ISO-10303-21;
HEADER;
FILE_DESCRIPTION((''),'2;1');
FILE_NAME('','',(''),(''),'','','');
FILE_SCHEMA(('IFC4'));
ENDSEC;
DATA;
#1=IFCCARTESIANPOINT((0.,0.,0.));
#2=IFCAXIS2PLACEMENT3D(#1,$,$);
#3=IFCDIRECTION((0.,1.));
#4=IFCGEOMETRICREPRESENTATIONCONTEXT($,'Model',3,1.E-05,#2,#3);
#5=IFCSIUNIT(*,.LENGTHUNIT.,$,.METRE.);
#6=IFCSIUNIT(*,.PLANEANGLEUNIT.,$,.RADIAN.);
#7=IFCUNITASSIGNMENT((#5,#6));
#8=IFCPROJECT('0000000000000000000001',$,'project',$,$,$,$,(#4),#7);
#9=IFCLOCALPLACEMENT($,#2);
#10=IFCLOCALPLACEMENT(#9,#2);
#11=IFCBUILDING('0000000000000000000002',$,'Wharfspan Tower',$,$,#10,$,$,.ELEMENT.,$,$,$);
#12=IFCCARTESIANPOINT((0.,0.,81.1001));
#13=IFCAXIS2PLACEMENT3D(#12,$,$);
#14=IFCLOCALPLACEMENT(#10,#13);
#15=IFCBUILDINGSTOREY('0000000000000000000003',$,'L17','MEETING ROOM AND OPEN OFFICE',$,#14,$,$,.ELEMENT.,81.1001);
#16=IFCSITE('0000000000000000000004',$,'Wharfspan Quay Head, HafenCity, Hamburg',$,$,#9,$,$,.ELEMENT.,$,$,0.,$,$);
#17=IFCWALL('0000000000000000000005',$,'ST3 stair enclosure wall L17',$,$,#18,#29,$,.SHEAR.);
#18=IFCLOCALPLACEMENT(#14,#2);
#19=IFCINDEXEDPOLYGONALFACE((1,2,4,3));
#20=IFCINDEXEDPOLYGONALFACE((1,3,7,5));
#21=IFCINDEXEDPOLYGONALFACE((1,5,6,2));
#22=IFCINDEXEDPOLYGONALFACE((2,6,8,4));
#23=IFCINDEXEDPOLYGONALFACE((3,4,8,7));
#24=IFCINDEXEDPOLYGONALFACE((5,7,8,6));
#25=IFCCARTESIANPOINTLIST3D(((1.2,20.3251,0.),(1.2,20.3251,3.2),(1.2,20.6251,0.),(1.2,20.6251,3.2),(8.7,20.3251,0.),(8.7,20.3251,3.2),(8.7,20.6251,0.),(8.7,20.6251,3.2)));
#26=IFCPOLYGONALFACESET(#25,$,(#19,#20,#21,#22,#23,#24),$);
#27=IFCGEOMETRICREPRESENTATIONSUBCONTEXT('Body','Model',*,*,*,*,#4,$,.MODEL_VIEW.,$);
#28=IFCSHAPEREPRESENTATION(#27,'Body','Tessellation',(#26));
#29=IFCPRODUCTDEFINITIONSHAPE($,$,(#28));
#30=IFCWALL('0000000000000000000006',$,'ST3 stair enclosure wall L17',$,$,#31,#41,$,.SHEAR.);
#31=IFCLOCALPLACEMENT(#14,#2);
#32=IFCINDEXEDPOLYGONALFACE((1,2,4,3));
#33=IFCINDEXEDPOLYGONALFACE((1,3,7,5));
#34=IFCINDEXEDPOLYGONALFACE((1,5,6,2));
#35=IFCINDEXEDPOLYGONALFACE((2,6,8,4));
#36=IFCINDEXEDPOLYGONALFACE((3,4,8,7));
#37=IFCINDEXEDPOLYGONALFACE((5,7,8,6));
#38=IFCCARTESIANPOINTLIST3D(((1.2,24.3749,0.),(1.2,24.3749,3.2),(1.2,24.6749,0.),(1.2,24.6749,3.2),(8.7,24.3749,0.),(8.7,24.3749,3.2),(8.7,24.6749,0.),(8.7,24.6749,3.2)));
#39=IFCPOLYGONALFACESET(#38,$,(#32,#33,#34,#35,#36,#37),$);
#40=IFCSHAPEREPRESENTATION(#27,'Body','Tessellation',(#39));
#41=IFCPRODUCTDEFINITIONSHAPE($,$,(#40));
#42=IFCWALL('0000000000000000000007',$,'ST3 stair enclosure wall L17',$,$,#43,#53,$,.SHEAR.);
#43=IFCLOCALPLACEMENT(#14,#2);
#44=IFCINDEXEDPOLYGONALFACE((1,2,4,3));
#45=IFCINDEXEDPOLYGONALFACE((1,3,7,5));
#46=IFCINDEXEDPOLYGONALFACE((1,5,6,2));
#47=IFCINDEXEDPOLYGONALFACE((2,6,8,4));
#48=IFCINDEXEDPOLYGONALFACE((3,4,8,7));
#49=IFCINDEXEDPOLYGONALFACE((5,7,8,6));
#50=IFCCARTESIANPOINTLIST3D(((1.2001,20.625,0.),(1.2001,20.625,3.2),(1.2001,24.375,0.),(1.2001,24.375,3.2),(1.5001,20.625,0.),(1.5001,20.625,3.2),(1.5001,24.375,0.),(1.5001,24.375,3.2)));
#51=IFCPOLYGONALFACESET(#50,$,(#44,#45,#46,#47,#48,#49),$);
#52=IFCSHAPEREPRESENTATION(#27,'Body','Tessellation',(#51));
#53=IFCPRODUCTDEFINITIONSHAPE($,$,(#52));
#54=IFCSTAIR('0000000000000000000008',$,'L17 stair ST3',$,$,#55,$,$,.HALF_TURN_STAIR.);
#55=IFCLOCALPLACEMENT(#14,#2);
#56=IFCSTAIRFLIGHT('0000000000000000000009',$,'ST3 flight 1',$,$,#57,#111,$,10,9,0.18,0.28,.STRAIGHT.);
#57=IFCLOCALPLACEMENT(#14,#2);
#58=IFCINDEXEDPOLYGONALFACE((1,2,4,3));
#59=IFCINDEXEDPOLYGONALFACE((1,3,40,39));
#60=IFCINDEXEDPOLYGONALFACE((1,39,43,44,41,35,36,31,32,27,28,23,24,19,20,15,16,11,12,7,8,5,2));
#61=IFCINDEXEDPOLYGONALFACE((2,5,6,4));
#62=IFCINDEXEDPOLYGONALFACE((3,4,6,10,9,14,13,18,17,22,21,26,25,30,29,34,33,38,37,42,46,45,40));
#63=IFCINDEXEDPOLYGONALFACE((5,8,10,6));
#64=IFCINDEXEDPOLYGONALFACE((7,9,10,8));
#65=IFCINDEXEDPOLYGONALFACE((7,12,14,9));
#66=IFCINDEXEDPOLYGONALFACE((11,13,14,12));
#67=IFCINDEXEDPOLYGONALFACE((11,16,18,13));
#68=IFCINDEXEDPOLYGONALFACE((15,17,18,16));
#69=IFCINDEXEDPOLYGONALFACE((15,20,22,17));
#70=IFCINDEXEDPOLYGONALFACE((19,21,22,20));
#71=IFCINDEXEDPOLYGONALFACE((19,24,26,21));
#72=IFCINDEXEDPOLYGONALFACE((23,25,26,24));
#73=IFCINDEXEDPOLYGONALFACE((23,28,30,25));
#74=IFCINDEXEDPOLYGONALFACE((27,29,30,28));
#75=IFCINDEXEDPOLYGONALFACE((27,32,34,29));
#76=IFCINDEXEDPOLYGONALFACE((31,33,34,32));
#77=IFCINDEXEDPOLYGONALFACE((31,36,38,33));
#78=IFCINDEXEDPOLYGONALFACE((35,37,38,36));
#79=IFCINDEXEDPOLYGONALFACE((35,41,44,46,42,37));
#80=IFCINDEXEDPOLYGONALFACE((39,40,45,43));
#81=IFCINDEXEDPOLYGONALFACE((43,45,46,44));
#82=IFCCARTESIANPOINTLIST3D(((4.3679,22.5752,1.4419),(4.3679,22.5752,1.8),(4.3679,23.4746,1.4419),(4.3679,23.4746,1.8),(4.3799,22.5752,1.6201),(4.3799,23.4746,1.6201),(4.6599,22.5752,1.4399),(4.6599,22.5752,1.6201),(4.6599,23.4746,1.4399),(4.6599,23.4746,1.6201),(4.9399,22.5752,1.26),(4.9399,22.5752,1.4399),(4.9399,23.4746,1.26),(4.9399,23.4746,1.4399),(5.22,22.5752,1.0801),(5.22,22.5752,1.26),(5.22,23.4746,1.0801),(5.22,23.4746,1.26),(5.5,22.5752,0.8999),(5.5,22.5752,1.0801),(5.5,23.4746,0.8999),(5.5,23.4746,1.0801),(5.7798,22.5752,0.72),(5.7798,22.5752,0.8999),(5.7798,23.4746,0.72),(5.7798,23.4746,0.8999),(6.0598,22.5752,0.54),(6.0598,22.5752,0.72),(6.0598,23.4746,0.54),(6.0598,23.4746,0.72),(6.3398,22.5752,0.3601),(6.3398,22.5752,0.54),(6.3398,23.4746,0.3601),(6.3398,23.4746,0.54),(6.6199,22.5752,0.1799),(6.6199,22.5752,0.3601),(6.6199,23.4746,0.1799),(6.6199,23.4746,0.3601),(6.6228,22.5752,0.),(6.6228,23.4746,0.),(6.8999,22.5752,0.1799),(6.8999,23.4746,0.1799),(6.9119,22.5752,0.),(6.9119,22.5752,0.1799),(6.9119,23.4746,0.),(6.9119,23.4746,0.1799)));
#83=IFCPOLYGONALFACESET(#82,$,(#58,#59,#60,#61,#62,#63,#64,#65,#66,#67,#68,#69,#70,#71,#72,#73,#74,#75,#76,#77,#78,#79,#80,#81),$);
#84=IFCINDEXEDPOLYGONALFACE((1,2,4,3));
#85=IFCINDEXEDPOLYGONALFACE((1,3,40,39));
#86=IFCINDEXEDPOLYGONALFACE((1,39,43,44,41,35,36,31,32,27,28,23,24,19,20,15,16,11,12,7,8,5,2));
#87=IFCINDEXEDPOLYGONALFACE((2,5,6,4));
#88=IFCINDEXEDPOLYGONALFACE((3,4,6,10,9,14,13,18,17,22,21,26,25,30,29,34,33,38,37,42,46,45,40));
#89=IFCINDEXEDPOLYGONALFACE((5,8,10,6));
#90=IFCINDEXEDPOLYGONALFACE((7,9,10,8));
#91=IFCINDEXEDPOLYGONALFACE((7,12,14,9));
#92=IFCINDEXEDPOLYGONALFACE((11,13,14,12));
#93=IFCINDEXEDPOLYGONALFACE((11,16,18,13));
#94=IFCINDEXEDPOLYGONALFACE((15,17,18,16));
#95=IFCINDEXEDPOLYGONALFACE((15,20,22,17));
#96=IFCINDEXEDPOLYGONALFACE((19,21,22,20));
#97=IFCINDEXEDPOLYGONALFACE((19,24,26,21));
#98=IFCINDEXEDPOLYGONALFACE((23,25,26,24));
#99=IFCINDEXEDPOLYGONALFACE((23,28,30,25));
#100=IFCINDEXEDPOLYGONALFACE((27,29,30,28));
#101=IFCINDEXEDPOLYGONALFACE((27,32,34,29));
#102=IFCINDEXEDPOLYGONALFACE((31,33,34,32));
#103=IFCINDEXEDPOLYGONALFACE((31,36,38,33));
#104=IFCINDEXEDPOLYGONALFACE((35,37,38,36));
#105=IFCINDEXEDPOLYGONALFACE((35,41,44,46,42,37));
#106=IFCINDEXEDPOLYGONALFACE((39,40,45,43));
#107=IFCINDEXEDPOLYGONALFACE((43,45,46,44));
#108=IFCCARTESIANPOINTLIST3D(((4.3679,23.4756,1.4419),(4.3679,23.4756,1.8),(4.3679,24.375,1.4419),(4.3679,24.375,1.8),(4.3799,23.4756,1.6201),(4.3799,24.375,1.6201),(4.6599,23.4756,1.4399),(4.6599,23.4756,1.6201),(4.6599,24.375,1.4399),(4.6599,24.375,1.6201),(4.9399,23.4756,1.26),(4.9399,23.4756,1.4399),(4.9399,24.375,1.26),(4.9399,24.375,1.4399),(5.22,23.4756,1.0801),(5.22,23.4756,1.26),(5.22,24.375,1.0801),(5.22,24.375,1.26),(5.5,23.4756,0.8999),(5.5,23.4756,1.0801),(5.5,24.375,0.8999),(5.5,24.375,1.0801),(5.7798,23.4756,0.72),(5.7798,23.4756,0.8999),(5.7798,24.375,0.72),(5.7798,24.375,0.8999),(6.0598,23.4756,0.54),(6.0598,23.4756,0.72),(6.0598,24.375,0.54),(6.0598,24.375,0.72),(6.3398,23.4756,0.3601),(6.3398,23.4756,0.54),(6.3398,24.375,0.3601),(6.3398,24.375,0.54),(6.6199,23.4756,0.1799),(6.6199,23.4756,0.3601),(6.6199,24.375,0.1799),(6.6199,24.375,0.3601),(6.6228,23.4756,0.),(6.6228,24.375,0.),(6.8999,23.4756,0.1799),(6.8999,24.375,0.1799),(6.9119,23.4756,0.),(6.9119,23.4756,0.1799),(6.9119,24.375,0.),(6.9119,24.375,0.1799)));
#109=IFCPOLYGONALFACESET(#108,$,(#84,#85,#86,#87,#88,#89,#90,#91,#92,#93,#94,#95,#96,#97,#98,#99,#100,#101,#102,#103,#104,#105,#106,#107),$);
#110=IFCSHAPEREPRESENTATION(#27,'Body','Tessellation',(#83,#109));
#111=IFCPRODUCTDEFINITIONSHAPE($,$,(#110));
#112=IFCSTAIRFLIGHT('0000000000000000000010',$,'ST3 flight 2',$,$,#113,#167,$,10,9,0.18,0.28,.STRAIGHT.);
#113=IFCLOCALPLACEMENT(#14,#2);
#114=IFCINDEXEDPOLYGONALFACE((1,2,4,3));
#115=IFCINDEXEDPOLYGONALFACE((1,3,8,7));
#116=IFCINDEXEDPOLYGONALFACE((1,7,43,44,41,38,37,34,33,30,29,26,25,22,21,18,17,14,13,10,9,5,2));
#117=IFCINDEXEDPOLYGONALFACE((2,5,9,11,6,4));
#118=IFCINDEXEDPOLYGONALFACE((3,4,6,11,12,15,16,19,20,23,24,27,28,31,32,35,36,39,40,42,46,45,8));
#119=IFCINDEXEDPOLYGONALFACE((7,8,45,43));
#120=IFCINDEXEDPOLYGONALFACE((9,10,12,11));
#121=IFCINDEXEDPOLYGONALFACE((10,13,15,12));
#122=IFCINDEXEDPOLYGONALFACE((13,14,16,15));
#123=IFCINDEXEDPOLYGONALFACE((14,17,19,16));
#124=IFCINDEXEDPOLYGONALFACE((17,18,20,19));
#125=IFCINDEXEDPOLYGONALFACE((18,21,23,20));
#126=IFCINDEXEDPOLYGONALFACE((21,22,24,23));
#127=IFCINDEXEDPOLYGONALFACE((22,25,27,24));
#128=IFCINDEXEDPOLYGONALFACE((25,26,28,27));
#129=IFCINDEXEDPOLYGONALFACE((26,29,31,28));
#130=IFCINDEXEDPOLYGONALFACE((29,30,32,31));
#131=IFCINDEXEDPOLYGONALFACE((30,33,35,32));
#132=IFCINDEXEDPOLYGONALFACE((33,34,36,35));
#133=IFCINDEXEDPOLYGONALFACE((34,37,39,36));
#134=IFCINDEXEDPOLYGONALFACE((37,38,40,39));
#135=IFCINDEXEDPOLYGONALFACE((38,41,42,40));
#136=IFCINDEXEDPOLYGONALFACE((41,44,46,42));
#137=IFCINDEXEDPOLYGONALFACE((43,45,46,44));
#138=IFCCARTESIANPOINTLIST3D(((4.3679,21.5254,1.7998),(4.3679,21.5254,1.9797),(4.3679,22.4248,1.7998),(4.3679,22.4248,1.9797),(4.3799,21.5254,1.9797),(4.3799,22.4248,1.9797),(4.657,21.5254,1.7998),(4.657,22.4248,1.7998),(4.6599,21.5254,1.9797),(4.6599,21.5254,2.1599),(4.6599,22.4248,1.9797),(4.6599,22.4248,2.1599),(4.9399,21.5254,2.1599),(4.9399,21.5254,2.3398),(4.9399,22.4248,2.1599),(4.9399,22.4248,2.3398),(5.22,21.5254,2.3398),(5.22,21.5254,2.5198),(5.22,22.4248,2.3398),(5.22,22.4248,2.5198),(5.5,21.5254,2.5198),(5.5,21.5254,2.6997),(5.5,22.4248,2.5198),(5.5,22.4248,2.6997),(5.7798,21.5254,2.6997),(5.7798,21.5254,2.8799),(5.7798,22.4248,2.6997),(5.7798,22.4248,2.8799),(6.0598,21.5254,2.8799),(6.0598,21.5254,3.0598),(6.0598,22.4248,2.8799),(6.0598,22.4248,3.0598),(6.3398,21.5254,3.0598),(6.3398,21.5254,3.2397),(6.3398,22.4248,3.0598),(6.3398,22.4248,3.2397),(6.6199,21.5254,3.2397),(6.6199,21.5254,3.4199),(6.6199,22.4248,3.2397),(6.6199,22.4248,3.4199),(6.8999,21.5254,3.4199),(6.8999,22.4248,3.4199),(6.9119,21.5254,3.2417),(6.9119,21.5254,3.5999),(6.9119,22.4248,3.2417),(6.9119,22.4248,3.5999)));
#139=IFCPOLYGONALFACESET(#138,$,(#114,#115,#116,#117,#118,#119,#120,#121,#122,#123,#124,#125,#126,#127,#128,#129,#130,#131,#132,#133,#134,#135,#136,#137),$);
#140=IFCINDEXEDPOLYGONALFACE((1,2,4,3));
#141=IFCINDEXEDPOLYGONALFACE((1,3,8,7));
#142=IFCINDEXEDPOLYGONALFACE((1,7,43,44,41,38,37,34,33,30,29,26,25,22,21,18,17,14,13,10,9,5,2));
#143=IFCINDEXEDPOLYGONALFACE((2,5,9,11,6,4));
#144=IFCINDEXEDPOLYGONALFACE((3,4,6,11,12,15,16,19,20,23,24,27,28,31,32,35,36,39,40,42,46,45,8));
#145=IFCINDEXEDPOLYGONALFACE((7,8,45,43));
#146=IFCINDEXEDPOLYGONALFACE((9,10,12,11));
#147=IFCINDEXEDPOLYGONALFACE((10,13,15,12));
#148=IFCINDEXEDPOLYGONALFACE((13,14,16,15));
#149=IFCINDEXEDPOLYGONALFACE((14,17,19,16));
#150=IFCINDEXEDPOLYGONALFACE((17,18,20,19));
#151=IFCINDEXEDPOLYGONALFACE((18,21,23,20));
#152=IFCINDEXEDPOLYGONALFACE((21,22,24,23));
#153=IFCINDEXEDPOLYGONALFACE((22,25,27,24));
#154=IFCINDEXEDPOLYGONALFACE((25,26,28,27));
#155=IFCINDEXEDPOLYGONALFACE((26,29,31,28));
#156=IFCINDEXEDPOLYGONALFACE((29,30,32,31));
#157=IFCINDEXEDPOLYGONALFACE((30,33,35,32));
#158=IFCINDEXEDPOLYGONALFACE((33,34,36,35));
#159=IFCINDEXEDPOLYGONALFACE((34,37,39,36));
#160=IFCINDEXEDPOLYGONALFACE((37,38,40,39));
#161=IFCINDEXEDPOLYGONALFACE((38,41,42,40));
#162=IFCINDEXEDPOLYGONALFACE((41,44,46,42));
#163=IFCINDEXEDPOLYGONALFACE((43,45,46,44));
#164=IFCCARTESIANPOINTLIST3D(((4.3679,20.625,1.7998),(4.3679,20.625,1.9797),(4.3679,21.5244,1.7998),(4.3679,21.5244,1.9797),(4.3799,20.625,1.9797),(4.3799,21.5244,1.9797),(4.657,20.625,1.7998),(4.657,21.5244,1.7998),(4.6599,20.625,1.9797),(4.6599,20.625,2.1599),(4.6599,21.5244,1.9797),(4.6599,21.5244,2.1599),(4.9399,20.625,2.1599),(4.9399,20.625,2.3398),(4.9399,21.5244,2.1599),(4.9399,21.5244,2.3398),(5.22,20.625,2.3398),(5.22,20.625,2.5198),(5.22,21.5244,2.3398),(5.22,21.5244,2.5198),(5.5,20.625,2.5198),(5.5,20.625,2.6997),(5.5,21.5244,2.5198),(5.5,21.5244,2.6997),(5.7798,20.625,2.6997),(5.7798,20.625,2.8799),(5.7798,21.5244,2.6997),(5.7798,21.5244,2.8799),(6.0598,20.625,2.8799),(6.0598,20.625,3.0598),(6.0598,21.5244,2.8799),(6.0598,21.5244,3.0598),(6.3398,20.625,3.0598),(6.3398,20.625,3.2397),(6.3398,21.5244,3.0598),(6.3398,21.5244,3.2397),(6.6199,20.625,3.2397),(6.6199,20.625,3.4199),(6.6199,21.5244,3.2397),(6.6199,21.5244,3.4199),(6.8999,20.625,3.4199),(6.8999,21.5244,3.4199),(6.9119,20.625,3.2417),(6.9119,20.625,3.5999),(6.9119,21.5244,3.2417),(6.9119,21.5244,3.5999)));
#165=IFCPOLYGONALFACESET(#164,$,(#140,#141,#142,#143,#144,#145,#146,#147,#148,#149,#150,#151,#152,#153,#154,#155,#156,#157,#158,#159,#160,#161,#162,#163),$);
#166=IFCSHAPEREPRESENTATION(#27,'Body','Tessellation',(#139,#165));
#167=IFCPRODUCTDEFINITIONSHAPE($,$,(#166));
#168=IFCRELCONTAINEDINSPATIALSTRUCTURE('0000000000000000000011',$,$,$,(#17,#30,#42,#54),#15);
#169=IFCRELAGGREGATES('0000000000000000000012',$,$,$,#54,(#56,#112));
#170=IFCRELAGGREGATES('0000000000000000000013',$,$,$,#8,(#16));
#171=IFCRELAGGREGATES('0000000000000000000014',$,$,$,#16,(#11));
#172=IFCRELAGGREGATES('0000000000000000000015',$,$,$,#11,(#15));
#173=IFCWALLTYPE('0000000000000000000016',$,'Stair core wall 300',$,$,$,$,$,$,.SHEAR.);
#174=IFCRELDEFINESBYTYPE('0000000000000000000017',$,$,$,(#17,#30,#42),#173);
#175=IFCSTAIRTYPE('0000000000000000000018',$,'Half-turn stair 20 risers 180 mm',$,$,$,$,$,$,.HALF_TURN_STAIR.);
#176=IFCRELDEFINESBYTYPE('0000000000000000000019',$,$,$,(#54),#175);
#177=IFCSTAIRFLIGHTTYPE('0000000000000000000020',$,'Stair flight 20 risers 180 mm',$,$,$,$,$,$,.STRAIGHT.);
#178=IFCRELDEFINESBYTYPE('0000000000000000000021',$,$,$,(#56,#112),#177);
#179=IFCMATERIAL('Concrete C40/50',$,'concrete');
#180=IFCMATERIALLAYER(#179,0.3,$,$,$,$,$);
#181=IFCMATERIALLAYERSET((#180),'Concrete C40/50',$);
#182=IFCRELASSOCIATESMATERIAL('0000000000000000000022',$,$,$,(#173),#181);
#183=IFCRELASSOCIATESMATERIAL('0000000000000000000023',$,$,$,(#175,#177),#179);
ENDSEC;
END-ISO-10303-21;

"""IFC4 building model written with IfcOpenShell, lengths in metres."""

from ifc_helpers import new_model, si_unit, direction, frame, frame_2d, origin, place, context, subcontext, project, spatial, polyline, rectangle, outline, extrude, material, layer, layer_set, type_object, element, aggregate, save


model = new_model("IFC4")

# Units and contexts
model_context = context("Model", 3, precision=1e-05, world=origin(), true_north=direction((0.0, 1.0)))
body_context = subcontext(model_context, "Body", "Model", "MODEL_VIEW")
ifc_project = project(units=[si_unit("LENGTHUNIT", "METRE"), si_unit("PLANEANGLEUNIT", "RADIAN")], contexts=[model_context])

# Site, building, storey
site_placement = place(None, origin())
site = spatial("IfcSite", under=ifc_project, at=site_placement, Name="Wharfspan Quay Head, HafenCity, Hamburg", CompositionType="ELEMENT", RefElevation=0.0)
building_placement = place(site_placement, origin())
building = spatial("IfcBuilding", under=site, at=building_placement, Name="Wharfspan Tower", CompositionType="ELEMENT")
storey_placement = place(building_placement, frame((0.0, 0.0, 81.1001)))
storey = spatial("IfcBuildingStorey", under=building, at=storey_placement, Name="L17", Description="MEETING ROOM AND OPEN OFFICE", CompositionType="ELEMENT", Elevation=81.1001)

# Shared definitions
ifc_material_1 = material(Name="Concrete C40/50", Category="concrete")
ifc_layer_1 = layer(ifc_material_1, 0.3)
ifc_layer_set_1 = layer_set([ifc_layer_1], Name="Concrete C40/50")
wall_type_1 = type_object("IfcWallType", Name="Stair core wall 300", PredefinedType="SHEAR", material=ifc_layer_set_1)

# Walls
for number, where, z_axis, x_axis, name in (
    (1, (1.2, 20.4751, 0.0), (0.0, 0.0, 1.0), (1.0, 0.0, 0.0), "ST3 stair enclosure wall L17"),
    (2, (1.2, 24.5249, 0.0), (0.0, 0.0, 1.0), (1.0, 0.0, 0.0), "ST3 stair enclosure wall L17"),
):
    element("IfcWall", number, at=place(storey_placement, frame(where, z_axis=z_axis, x_axis=x_axis)), inside=storey, type_object=wall_type_1, Name=name, PredefinedType="SHEAR", context=body_context, shape_type="SweptSolid", body=[
        extrude(rectangle(XDim=7.5, YDim=0.3, at=frame_2d((3.75, 0.0))), origin(), (0.0, 0.0, 1.0), 3.2),
    ])
wall_1_placement = place(storey_placement, frame((1.3501, 20.625, 0.0), z_axis=(0.0, 0.0, 1.0), x_axis=(0.0, 1.0, 0.0)))
element("IfcWall", 3, at=wall_1_placement, inside=storey, type_object=wall_type_1, Name="ST3 stair enclosure wall L17", PredefinedType="SHEAR", context=body_context, shape_type="SweptSolid", body=[
    extrude(rectangle(XDim=3.75, YDim=0.3, at=frame_2d((1.875, 0.0))), origin(), (0.0, 0.0, 1.0), 3.2),
])

# Stair, stair flights
stair_type = type_object("IfcStairType", Name="Half-turn stair 20 risers 180 mm", PredefinedType="HALF_TURN_STAIR", material=ifc_material_1)
stair_placement = place(storey_placement, origin())
stair = element("IfcStair", 4, at=stair_placement, inside=storey, type_object=stair_type, Name="L17 stair ST3", PredefinedType="HALF_TURN_STAIR")
stair_flight_type = type_object("IfcStairFlightType", Name="Stair flight 20 risers 180 mm", PredefinedType="STRAIGHT", material=ifc_material_1)
stair_flight_1_placement = place(storey_placement, frame((6.8999, 23.4751, 0.0), z_axis=(0.0, 0.0, 1.0), x_axis=(-1.0, 0.0, 0.0)))
stair_flight_1 = element("IfcStairFlight", 5, at=stair_flight_1_placement, type_object=stair_flight_type, Name="ST3 flight 1", NumberOfRisers=10, NumberOfTreads=9, PredefinedType="STRAIGHT", RiserHeight=0.18, TreadLength=0.28, context=body_context, shape_type="SweptSolid", body=[
    extrude(outline(polyline([(-0.012, 0.0), (-0.012, 0.1799), (0.0, 0.1799), (0.28, 0.1799), (0.28, 0.3601), (0.5601, 0.3601), (0.5601, 0.54), (0.8401, 0.54), (0.8401, 0.72), (1.1201, 0.72), (1.1201, 0.8999), (1.3999, 0.8999), (1.3999, 1.0801), (1.6799, 1.0801), (1.6799, 1.26), (1.96, 1.26), (1.96, 1.4399), (2.24, 1.4399), (2.24, 1.6201), (2.52, 1.6201), (2.532, 1.8), (2.532, 1.4419), (0.2771, 0.0), (-0.012, 0.0)])), frame((0.0, 0.8999, 0.0), z_axis=(0.0, -1.0, 0.0), x_axis=(1.0, 0.0, 0.0)), (0.0, 0.0, 1.0), 0.8994),
    extrude(outline(polyline([(-0.012, 0.0), (-0.012, 0.1799), (0.0, 0.1799), (0.28, 0.1799), (0.28, 0.3601), (0.5601, 0.3601), (0.5601, 0.54), (0.8401, 0.54), (0.8401, 0.72), (1.1201, 0.72), (1.1201, 0.8999), (1.3999, 0.8999), (1.3999, 1.0801), (1.6799, 1.0801), (1.6799, 1.26), (1.96, 1.26), (1.96, 1.4399), (2.24, 1.4399), (2.24, 1.6201), (2.52, 1.6201), (2.532, 1.8), (2.532, 1.4419), (0.2771, 0.0), (-0.012, 0.0)])), frame((0.0, -0.0005, 0.0), z_axis=(0.0, -1.0, 0.0), x_axis=(1.0, 0.0, 0.0)), (0.0, 0.0, 1.0), 0.8994),
])
stair_flight_2_placement = place(storey_placement, frame((4.3799, 21.5249, 1.7998), z_axis=(0.0, 0.0, 1.0), x_axis=(1.0, 0.0, 0.0)))
stair_flight_2 = element("IfcStairFlight", 6, at=stair_flight_2_placement, type_object=stair_flight_type, Name="ST3 flight 2", NumberOfRisers=10, NumberOfTreads=9, PredefinedType="STRAIGHT", RiserHeight=0.18, TreadLength=0.28, context=body_context, shape_type="SweptSolid", body=[
    extrude(outline(polyline([(-0.012, 0.0), (-0.012, 0.1799), (0.0, 0.1799), (0.28, 0.1799), (0.28, 0.3601), (0.5601, 0.3601), (0.5601, 0.54), (0.8401, 0.54), (0.8401, 0.72), (1.1201, 0.72), (1.1201, 0.8999), (1.3999, 0.8999), (1.3999, 1.0801), (1.6799, 1.0801), (1.6799, 1.26), (1.96, 1.26), (1.96, 1.4399), (2.24, 1.4399), (2.24, 1.6201), (2.52, 1.6201), (2.532, 1.8), (2.532, 1.4419), (0.2771, 0.0), (-0.012, 0.0)])), frame((0.0, 0.8999, 0.0), z_axis=(0.0, -1.0, 0.0), x_axis=(1.0, 0.0, 0.0)), (0.0, 0.0, 1.0), 0.8994),
    extrude(outline(polyline([(-0.012, 0.0), (-0.012, 0.1799), (0.0, 0.1799), (0.28, 0.1799), (0.28, 0.3601), (0.5601, 0.3601), (0.5601, 0.54), (0.8401, 0.54), (0.8401, 0.72), (1.1201, 0.72), (1.1201, 0.8999), (1.3999, 0.8999), (1.3999, 1.0801), (1.6799, 1.0801), (1.6799, 1.26), (1.96, 1.26), (1.96, 1.4399), (2.24, 1.4399), (2.24, 1.6201), (2.52, 1.6201), (2.532, 1.8), (2.532, 1.4419), (0.2771, 0.0), (-0.012, 0.0)])), frame((0.0, -0.0005, 0.0), z_axis=(0.0, -1.0, 0.0), x_axis=(1.0, 0.0, 0.0)), (0.0, 0.0, 1.0), 0.8994),
])
aggregate(stair, [stair_flight_1, stair_flight_2])

save(model, "model.ifc")
